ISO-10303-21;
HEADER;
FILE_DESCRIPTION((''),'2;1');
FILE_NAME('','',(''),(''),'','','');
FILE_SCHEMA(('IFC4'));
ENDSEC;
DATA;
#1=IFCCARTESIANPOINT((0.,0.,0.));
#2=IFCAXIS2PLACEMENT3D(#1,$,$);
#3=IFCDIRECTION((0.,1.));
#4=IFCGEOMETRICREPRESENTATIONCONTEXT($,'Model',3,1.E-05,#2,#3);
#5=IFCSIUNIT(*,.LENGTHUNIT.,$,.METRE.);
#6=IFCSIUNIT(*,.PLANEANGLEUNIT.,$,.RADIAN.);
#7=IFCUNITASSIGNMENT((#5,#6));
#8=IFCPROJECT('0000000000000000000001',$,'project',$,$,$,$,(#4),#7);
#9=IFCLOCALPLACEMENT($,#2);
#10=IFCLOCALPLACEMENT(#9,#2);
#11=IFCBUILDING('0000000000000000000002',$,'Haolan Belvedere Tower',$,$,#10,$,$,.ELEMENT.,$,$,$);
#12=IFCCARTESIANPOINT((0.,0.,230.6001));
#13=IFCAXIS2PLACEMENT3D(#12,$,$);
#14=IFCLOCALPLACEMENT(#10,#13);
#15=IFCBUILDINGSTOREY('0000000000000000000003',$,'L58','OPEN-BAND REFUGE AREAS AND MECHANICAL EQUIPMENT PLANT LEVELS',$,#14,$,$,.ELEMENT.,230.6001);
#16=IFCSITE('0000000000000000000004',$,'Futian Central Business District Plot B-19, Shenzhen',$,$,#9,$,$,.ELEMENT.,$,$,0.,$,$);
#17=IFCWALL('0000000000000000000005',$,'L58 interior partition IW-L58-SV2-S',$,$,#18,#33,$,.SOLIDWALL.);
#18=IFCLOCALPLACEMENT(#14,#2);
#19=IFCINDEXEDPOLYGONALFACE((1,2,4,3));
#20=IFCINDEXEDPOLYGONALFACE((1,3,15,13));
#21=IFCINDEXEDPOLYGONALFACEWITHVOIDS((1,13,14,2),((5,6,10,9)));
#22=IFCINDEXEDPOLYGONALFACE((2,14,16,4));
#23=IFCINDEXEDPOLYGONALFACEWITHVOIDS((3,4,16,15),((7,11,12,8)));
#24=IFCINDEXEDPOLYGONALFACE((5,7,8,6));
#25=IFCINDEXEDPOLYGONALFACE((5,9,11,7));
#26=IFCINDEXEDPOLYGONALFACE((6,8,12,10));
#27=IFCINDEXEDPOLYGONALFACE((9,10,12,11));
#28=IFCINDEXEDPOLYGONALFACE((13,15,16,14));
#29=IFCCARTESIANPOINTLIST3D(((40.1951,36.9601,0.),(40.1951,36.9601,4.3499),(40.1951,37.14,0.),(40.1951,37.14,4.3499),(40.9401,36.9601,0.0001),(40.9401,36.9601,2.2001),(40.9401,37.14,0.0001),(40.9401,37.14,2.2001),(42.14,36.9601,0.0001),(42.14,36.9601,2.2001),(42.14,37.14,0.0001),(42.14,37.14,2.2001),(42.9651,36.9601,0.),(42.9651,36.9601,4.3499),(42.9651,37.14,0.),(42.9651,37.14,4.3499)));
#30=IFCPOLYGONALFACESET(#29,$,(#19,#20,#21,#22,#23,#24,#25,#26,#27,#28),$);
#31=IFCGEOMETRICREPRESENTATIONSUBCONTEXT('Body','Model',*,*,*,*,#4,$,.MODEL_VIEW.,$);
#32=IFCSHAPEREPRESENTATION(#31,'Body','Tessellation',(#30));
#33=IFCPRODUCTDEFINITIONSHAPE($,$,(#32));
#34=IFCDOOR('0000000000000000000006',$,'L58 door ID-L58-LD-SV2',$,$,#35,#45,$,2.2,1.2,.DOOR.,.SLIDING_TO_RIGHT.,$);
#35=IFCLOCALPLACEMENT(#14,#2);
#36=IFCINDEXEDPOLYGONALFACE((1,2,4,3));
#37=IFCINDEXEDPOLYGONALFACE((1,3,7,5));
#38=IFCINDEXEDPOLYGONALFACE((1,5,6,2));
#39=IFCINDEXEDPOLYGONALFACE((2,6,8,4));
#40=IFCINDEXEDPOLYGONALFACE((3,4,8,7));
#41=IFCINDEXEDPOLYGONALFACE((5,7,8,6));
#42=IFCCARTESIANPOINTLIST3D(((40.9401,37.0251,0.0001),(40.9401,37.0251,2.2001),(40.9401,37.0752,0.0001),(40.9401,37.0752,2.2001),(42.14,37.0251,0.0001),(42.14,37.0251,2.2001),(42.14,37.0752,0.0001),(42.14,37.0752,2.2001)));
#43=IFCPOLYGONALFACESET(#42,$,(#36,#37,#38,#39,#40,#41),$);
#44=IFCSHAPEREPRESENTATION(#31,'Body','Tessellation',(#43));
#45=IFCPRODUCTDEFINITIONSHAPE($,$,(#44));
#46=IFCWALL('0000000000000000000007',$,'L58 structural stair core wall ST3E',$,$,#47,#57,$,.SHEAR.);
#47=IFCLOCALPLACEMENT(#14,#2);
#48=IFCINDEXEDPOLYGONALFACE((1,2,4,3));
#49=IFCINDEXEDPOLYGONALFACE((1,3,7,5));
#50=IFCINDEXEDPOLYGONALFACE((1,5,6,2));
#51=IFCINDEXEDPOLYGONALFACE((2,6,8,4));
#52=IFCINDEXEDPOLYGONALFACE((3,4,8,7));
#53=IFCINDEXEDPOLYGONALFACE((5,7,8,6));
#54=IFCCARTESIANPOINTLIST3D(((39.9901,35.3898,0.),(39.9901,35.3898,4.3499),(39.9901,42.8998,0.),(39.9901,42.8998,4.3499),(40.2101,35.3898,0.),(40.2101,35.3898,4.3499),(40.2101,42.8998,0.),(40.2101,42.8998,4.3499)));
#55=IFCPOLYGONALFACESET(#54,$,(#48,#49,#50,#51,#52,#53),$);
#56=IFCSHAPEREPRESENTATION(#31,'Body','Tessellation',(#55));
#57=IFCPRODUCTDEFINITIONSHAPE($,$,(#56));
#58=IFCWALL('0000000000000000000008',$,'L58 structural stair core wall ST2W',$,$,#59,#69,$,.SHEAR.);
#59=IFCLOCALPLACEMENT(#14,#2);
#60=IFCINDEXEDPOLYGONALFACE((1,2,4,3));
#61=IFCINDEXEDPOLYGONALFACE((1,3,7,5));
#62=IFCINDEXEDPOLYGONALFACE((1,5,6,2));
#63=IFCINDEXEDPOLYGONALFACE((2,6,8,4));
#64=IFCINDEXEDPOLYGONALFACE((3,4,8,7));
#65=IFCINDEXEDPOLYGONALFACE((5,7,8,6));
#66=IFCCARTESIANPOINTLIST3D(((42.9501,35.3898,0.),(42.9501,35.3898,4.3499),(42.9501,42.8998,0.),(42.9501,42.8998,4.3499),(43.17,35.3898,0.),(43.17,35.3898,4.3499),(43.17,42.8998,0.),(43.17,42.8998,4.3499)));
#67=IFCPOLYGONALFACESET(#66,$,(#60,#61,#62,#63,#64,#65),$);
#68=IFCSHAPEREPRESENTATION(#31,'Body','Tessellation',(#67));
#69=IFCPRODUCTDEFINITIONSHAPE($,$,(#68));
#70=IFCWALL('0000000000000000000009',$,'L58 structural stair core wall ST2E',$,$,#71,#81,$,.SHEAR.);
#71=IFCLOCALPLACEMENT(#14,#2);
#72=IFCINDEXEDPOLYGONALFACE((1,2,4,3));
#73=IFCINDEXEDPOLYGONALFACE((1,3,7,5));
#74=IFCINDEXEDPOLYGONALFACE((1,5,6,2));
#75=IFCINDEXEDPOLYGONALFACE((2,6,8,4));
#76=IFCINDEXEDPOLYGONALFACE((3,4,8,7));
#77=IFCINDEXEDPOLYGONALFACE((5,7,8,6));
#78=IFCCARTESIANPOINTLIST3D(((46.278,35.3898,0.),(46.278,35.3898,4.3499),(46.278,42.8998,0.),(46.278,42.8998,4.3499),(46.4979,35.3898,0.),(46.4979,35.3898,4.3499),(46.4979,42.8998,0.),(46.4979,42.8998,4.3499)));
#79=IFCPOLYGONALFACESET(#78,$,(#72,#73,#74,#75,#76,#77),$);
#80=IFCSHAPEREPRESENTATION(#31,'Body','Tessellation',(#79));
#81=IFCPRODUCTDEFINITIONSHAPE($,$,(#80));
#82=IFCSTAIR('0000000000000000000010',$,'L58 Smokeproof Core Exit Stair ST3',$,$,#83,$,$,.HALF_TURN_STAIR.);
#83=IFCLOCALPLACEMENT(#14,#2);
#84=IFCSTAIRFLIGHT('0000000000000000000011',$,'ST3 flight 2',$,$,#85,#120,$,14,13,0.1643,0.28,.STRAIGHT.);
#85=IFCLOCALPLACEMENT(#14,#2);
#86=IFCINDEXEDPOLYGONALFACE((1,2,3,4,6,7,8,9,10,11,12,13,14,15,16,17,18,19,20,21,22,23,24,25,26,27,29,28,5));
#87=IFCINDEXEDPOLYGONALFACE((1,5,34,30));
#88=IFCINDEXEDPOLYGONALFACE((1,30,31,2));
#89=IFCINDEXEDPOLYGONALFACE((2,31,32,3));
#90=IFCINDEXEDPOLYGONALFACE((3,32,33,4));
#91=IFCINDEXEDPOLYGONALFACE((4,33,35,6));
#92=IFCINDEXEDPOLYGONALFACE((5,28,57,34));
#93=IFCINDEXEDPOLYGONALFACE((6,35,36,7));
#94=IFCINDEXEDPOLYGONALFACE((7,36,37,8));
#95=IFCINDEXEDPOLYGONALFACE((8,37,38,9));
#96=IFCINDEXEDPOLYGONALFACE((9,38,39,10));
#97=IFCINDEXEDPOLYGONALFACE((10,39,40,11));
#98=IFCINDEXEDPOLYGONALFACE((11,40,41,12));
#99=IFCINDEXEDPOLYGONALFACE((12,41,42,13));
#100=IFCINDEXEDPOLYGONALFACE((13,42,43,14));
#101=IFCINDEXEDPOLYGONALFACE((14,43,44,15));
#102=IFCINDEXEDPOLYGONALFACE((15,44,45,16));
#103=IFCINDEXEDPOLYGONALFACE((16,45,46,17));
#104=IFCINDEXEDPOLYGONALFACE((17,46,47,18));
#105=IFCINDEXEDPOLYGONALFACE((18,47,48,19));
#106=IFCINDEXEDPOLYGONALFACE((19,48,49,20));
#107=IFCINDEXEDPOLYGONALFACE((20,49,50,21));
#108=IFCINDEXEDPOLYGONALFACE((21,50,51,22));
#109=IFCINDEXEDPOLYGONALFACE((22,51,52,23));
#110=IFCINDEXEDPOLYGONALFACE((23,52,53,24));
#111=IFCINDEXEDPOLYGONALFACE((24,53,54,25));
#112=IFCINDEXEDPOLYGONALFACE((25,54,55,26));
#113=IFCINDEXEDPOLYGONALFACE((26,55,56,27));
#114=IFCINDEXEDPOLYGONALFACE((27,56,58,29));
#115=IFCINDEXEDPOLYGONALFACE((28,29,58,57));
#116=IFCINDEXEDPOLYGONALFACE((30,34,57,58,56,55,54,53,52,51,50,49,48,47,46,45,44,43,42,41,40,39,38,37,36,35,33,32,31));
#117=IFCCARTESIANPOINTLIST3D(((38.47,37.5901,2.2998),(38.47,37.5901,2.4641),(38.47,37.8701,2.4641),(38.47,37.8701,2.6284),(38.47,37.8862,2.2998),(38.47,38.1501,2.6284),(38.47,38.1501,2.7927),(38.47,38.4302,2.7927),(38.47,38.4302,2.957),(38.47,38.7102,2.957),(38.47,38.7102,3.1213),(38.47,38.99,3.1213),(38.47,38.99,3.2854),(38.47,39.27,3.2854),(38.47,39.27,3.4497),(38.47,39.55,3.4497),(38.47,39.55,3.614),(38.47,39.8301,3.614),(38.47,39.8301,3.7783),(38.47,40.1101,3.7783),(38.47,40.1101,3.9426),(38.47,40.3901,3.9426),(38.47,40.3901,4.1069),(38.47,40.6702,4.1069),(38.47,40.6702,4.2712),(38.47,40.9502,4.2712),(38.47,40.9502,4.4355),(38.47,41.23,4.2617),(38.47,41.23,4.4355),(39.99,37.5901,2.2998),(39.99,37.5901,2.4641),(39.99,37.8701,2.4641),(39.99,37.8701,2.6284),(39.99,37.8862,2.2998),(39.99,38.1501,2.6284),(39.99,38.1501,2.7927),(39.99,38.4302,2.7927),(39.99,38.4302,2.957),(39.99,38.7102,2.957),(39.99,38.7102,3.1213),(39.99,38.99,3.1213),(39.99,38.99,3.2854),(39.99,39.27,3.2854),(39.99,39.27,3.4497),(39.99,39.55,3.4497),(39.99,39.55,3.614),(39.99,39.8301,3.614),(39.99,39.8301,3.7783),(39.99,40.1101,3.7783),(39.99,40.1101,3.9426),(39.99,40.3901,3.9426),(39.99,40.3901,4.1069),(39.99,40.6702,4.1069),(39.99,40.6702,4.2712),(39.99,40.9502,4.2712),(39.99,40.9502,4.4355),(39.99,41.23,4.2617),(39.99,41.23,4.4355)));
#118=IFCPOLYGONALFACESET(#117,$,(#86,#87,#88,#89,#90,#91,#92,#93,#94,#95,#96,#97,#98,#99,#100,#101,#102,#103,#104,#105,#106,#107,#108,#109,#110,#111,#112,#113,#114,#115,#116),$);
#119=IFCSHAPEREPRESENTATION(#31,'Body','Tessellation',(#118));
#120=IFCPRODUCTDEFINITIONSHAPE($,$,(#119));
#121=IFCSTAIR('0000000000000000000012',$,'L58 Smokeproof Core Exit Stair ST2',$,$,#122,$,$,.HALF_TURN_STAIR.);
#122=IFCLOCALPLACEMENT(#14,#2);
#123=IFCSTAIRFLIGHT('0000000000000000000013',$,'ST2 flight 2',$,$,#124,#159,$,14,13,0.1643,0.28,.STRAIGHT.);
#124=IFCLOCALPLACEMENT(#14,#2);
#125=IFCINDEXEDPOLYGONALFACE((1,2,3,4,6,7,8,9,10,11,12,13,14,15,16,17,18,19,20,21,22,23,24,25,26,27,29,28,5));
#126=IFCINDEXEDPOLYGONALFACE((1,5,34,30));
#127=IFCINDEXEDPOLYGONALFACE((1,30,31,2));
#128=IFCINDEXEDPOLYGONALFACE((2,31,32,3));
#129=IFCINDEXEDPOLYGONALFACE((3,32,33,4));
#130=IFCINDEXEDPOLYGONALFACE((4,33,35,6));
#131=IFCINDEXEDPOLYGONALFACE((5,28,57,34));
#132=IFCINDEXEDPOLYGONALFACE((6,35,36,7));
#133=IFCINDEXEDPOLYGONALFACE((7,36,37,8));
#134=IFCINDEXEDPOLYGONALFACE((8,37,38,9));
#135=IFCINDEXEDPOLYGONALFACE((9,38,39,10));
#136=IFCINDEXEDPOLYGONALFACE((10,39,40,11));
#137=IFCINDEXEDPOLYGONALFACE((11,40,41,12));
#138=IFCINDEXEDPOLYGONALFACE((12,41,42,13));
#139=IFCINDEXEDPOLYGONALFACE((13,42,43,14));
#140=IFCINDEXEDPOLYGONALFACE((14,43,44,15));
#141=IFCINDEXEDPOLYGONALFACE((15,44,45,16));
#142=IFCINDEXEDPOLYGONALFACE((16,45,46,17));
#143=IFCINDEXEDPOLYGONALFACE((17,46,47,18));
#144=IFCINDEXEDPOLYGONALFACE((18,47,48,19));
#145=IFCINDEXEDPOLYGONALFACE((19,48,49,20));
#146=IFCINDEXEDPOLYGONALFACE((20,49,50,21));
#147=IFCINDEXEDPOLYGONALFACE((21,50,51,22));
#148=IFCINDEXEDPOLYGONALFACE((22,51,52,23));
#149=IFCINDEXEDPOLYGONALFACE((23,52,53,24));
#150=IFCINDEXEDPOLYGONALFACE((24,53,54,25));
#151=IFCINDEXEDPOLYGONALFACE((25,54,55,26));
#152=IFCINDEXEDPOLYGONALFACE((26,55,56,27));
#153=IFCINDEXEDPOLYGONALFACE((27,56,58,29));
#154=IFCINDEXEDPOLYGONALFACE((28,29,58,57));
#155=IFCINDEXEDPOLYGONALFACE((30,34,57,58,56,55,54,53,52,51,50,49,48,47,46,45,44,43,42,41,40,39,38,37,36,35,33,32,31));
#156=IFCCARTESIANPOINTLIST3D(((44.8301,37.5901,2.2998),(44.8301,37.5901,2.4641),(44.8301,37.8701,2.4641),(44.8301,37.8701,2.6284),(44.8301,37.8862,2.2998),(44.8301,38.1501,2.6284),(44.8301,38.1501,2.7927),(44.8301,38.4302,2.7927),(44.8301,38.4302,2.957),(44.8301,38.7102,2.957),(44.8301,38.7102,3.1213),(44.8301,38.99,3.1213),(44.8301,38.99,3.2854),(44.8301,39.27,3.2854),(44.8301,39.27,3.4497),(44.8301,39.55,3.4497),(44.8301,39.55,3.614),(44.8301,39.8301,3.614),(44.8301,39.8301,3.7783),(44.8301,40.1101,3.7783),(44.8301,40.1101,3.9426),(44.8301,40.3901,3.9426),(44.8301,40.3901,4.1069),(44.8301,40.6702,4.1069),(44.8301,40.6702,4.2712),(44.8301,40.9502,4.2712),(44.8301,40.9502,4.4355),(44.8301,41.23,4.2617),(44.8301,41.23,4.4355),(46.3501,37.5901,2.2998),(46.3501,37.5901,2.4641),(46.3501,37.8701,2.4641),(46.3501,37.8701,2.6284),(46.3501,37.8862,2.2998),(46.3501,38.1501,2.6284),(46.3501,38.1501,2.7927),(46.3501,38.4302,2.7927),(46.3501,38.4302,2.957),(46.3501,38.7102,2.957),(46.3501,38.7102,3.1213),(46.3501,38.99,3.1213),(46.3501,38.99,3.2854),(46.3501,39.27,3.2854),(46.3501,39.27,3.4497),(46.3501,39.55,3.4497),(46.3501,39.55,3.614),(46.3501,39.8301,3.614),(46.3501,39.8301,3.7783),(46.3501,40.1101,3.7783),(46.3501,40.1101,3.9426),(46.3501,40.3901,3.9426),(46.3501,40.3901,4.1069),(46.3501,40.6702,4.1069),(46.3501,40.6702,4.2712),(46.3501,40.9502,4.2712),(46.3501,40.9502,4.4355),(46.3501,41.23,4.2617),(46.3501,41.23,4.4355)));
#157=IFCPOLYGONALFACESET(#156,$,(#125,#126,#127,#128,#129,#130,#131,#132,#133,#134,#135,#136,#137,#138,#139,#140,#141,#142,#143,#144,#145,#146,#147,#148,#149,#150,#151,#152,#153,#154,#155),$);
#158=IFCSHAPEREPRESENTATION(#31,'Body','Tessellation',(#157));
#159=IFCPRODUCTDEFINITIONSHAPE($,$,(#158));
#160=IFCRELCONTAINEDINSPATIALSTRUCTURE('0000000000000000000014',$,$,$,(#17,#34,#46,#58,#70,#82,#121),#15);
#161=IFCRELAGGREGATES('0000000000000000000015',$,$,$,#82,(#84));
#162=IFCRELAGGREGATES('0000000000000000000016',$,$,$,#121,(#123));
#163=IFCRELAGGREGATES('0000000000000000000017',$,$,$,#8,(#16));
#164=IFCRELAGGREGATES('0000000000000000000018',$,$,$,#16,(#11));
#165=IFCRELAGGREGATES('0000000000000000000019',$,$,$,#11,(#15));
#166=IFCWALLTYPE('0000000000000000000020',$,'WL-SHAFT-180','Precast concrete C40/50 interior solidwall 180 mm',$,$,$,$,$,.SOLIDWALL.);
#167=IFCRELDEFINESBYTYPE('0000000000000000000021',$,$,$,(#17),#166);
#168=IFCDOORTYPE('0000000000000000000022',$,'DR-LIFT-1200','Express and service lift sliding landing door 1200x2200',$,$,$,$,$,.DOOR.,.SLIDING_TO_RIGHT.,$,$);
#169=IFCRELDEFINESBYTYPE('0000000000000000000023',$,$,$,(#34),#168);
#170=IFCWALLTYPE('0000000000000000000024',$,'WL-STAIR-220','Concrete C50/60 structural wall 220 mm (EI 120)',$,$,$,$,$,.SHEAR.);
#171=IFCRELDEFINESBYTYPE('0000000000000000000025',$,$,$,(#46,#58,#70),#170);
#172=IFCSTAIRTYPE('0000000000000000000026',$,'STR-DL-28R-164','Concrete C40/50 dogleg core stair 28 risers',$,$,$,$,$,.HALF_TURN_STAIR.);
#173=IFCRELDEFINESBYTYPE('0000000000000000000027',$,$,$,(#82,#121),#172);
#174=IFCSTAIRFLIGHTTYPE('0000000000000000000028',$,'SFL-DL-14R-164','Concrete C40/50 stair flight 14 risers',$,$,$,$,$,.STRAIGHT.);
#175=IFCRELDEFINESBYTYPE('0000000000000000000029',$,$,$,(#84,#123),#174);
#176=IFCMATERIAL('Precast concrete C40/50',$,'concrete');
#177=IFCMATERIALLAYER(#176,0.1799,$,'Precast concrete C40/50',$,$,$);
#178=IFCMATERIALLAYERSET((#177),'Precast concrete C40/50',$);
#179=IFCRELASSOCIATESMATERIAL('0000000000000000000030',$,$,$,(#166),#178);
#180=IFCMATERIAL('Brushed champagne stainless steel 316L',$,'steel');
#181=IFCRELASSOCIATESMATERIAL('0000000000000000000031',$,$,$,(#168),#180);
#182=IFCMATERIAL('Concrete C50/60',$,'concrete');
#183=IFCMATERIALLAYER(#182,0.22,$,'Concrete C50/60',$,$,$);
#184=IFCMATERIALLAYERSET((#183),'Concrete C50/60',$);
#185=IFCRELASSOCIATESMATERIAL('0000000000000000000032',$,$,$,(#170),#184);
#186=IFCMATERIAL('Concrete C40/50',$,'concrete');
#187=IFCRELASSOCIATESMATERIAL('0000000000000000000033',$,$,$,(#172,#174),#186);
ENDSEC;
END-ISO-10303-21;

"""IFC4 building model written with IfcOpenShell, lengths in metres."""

from ifc_helpers import new_model, si_unit, direction, frame, frame_2d, origin, place, context, subcontext, project, spatial, polyline, rectangle, outline, extrude, material, layer, layer_set, type_object, element, fill, aggregate, save


model = new_model("IFC4")

# Units and contexts
model_context = context("Model", 3, precision=1e-05, world=origin(), true_north=direction((0.0, 1.0)))
body_context = subcontext(model_context, "Body", "Model", "MODEL_VIEW")
ifc_project = project(units=[si_unit("LENGTHUNIT", "METRE"), si_unit("PLANEANGLEUNIT", "RADIAN")], contexts=[model_context])

# Site, building, storey
site_placement = place(None, origin())
site = spatial("IfcSite", under=ifc_project, at=site_placement, Name="Futian Central Business District Plot B-19, Shenzhen", CompositionType="ELEMENT", RefElevation=0.0)
building_placement = place(site_placement, origin())
building = spatial("IfcBuilding", under=site, at=building_placement, Name="Haolan Belvedere Tower", CompositionType="ELEMENT")
storey_placement = place(building_placement, frame((0.0, 0.0, 230.6001)))
storey = spatial("IfcBuildingStorey", under=building, at=storey_placement, Name="L58", Description="OPEN-BAND REFUGE AREAS AND MECHANICAL EQUIPMENT PLANT LEVELS", CompositionType="ELEMENT", Elevation=230.6001)

# Shared definitions
ifc_material_1 = material(Name="Concrete C40/50", Category="concrete")

# Shared definitions
ifc_material_2 = material(Name="Precast concrete C40/50", Category="concrete")
ifc_layer_1 = layer(ifc_material_2, 0.1799, Name="Precast concrete C40/50")
ifc_layer_set_1 = layer_set([ifc_layer_1], Name="Precast concrete C40/50")
wall_type_1 = type_object("IfcWallType", Name="WL-SHAFT-180", Description="Precast concrete C40/50 interior solidwall 180 mm", PredefinedType="SOLIDWALL", material=ifc_layer_set_1)

# Wall, opening, door
wall_1_placement = place(storey_placement, frame((40.1951, 37.05, 0.0), z_axis=(0.0, 0.0, 1.0), x_axis=(1.0, 0.0, 0.0)))
wall_1 = element("IfcWall", 1, at=wall_1_placement, inside=storey, type_object=wall_type_1, Name="L58 interior partition IW-L58-SV2-S", PredefinedType="SOLIDWALL", context=body_context, shape_type="SweptSolid", body=[
    extrude(rectangle(XDim=2.77, YDim=0.1799, at=frame_2d((1.385, 0.0))), origin(), (0.0, 0.0, 1.0), 4.3499),
])
opening_1_placement = place(wall_1_placement, frame((1.9451, 0.0, 0.0), z_axis=(0.0, 0.0, 1.0), x_axis=(-1.0, 0.0, 0.0)))
opening_1 = element("IfcOpeningElement", 2, at=opening_1_placement, cuts=wall_1, PredefinedType="OPENING", context=body_context, shape_type="SweptSolid", body=[
    extrude(rectangle(XDim=1.2, YDim=2.2, at=frame_2d((0.6001, 1.1001))), frame((0.0, 0.0999, 0.0), z_axis=(0.0, -1.0, 0.0), x_axis=(1.0, 0.0, 0.0)), (0.0, 0.0, 1.0), 0.2),
])
ifc_material_3 = material(Name="Brushed champagne stainless steel 316L", Category="steel")
door_type_1 = type_object("IfcDoorType", Name="DR-LIFT-1200", Description="Express and service lift sliding landing door 1200x2200", OperationType="SLIDING_TO_RIGHT", PredefinedType="DOOR", material=ifc_material_3)
door_1_placement = place(opening_1_placement, origin())
door_1 = element("IfcDoor", 3, at=door_1_placement, inside=storey, type_object=door_type_1, Name="L58 door ID-L58-LD-SV2", OperationType="SLIDING_TO_RIGHT", OverallHeight=2.2, OverallWidth=1.2, PredefinedType="DOOR", context=body_context, shape_type="SweptSolid", body=[
    extrude(rectangle(XDim=1.2, YDim=2.2, at=frame_2d((0.6001, 1.1001))), frame((0.0, 0.0249, 0.0), z_axis=(0.0, -1.0, 0.0), x_axis=(1.0, 0.0, 0.0)), (0.0, 0.0, 1.0), 0.05),
])
fill(opening_1, door_1)

# Walls
ifc_material_4 = material(Name="Concrete C50/60", Category="concrete")
ifc_layer_2 = layer(ifc_material_4, 0.22, Name="Concrete C50/60")
ifc_layer_set_2 = layer_set([ifc_layer_2], Name="Concrete C50/60")
wall_type_2 = type_object("IfcWallType", Name="WL-STAIR-220", Description="Concrete C50/60 structural wall 220 mm (EI 120)", PredefinedType="SHEAR", material=ifc_layer_set_2)
for number, where, z_axis, x_axis, name in (
    (4, (40.1001, 35.3899, 0.0), (0.0, 0.0, 1.0), (0.0, 1.0, 0.0), "L58 structural stair core wall ST3E"),
    (5, (43.0601, 35.3899, 0.0), (0.0, 0.0, 1.0), (0.0, 1.0, 0.0), "L58 structural stair core wall ST2W"),
    (6, (46.3879, 35.3899, 0.0), (0.0, 0.0, 1.0), (0.0, 1.0, 0.0), "L58 structural stair core wall ST2E"),
):
    element("IfcWall", number, at=place(storey_placement, frame(where, z_axis=z_axis, x_axis=x_axis)), inside=storey, type_object=wall_type_2, Name=name, PredefinedType="SHEAR", context=body_context, shape_type="SweptSolid", body=[
        extrude(rectangle(XDim=7.51, YDim=0.22, at=frame_2d((3.7549, 0.0))), origin(), (0.0, 0.0, 1.0), 4.3499),
    ])

# Stairs, stair flights
stair_type = type_object("IfcStairType", Name="STR-DL-28R-164", Description="Concrete C40/50 dogleg core stair 28 risers", PredefinedType="HALF_TURN_STAIR", material=ifc_material_1)
stair_1_placement = place(storey_placement, origin())
stair_1 = element("IfcStair", 7, at=stair_1_placement, inside=storey, type_object=stair_type, Name="L58 Smokeproof Core Exit Stair ST3", PredefinedType="HALF_TURN_STAIR")
stair_flight_type = type_object("IfcStairFlightType", Name="SFL-DL-14R-164", Description="Concrete C40/50 stair flight 14 risers", PredefinedType="STRAIGHT", material=ifc_material_1)
stair_flight_1_placement = place(storey_placement, frame((39.23, 37.5901, 2.2998), z_axis=(0.0, 0.0, 1.0), x_axis=(0.0, 1.0, 0.0)))
stair_flight_1 = element("IfcStairFlight", 8, at=stair_flight_1_placement, type_object=stair_flight_type, Name="ST3 flight 2", NumberOfRisers=14, NumberOfTreads=13, PredefinedType="STRAIGHT", RiserHeight=0.1643, TreadLength=0.28, context=body_context, shape_type="SweptSolid", body=[
    extrude(outline(polyline([(0.0, 0.0), (0.0, 0.1643), (0.28, 0.1643), (0.28, 0.3286), (0.5601, 0.3286), (0.5601, 0.4929), (0.8401, 0.4929), (0.8401, 0.6572), (1.1201, 0.6572), (1.1201, 0.8215), (1.3999, 0.8215), (1.3999, 0.9856), (1.6799, 0.9856), (1.6799, 1.1499), (1.96, 1.1499), (1.96, 1.3142), (2.24, 1.3142), (2.24, 1.4785), (2.52, 1.4785), (2.52, 1.6428), (2.8, 1.6428), (2.8, 1.8071), (3.0801, 1.8071), (3.0801, 1.9714), (3.3601, 1.9714), (3.3601, 2.1357), (3.6399, 2.1357), (3.6399, 2.3), (3.6399, 1.9619), (0.2961, 0.0), (0.0, 0.0)])), frame((0.0, 0.76, 0.0), z_axis=(0.0, -1.0, 0.0), x_axis=(1.0, 0.0, 0.0)), (0.0, 0.0, 1.0), 1.52),
])
aggregate(stair_1, [stair_flight_1])
stair_2_placement = place(storey_placement, origin())
stair_2 = element("IfcStair", 9, at=stair_2_placement, inside=storey, type_object=stair_type, Name="L58 Smokeproof Core Exit Stair ST2", PredefinedType="HALF_TURN_STAIR")
stair_flight_2_placement = place(storey_placement, frame((45.5901, 37.5901, 2.2998), z_axis=(0.0, 0.0, 1.0), x_axis=(0.0, 1.0, 0.0)))
stair_flight_2 = element("IfcStairFlight", 10, at=stair_flight_2_placement, type_object=stair_flight_type, Name="ST2 flight 2", NumberOfRisers=14, NumberOfTreads=13, PredefinedType="STRAIGHT", RiserHeight=0.1643, TreadLength=0.28, context=body_context, shape_type="SweptSolid", body=[
    extrude(outline(polyline([(0.0, 0.0), (0.0, 0.1643), (0.28, 0.1643), (0.28, 0.3286), (0.5601, 0.3286), (0.5601, 0.4929), (0.8401, 0.4929), (0.8401, 0.6572), (1.1201, 0.6572), (1.1201, 0.8215), (1.3999, 0.8215), (1.3999, 0.9856), (1.6799, 0.9856), (1.6799, 1.1499), (1.96, 1.1499), (1.96, 1.3142), (2.24, 1.3142), (2.24, 1.4785), (2.52, 1.4785), (2.52, 1.6428), (2.8, 1.6428), (2.8, 1.8071), (3.0801, 1.8071), (3.0801, 1.9714), (3.3601, 1.9714), (3.3601, 2.1357), (3.6399, 2.1357), (3.6399, 2.3), (3.6399, 1.9619), (0.2961, 0.0), (0.0, 0.0)])), frame((0.0, 0.76, 0.0), z_axis=(0.0, -1.0, 0.0), x_axis=(1.0, 0.0, 0.0)), (0.0, 0.0, 1.0), 1.52),
])
aggregate(stair_2, [stair_flight_2])

save(model, "model.ifc")
